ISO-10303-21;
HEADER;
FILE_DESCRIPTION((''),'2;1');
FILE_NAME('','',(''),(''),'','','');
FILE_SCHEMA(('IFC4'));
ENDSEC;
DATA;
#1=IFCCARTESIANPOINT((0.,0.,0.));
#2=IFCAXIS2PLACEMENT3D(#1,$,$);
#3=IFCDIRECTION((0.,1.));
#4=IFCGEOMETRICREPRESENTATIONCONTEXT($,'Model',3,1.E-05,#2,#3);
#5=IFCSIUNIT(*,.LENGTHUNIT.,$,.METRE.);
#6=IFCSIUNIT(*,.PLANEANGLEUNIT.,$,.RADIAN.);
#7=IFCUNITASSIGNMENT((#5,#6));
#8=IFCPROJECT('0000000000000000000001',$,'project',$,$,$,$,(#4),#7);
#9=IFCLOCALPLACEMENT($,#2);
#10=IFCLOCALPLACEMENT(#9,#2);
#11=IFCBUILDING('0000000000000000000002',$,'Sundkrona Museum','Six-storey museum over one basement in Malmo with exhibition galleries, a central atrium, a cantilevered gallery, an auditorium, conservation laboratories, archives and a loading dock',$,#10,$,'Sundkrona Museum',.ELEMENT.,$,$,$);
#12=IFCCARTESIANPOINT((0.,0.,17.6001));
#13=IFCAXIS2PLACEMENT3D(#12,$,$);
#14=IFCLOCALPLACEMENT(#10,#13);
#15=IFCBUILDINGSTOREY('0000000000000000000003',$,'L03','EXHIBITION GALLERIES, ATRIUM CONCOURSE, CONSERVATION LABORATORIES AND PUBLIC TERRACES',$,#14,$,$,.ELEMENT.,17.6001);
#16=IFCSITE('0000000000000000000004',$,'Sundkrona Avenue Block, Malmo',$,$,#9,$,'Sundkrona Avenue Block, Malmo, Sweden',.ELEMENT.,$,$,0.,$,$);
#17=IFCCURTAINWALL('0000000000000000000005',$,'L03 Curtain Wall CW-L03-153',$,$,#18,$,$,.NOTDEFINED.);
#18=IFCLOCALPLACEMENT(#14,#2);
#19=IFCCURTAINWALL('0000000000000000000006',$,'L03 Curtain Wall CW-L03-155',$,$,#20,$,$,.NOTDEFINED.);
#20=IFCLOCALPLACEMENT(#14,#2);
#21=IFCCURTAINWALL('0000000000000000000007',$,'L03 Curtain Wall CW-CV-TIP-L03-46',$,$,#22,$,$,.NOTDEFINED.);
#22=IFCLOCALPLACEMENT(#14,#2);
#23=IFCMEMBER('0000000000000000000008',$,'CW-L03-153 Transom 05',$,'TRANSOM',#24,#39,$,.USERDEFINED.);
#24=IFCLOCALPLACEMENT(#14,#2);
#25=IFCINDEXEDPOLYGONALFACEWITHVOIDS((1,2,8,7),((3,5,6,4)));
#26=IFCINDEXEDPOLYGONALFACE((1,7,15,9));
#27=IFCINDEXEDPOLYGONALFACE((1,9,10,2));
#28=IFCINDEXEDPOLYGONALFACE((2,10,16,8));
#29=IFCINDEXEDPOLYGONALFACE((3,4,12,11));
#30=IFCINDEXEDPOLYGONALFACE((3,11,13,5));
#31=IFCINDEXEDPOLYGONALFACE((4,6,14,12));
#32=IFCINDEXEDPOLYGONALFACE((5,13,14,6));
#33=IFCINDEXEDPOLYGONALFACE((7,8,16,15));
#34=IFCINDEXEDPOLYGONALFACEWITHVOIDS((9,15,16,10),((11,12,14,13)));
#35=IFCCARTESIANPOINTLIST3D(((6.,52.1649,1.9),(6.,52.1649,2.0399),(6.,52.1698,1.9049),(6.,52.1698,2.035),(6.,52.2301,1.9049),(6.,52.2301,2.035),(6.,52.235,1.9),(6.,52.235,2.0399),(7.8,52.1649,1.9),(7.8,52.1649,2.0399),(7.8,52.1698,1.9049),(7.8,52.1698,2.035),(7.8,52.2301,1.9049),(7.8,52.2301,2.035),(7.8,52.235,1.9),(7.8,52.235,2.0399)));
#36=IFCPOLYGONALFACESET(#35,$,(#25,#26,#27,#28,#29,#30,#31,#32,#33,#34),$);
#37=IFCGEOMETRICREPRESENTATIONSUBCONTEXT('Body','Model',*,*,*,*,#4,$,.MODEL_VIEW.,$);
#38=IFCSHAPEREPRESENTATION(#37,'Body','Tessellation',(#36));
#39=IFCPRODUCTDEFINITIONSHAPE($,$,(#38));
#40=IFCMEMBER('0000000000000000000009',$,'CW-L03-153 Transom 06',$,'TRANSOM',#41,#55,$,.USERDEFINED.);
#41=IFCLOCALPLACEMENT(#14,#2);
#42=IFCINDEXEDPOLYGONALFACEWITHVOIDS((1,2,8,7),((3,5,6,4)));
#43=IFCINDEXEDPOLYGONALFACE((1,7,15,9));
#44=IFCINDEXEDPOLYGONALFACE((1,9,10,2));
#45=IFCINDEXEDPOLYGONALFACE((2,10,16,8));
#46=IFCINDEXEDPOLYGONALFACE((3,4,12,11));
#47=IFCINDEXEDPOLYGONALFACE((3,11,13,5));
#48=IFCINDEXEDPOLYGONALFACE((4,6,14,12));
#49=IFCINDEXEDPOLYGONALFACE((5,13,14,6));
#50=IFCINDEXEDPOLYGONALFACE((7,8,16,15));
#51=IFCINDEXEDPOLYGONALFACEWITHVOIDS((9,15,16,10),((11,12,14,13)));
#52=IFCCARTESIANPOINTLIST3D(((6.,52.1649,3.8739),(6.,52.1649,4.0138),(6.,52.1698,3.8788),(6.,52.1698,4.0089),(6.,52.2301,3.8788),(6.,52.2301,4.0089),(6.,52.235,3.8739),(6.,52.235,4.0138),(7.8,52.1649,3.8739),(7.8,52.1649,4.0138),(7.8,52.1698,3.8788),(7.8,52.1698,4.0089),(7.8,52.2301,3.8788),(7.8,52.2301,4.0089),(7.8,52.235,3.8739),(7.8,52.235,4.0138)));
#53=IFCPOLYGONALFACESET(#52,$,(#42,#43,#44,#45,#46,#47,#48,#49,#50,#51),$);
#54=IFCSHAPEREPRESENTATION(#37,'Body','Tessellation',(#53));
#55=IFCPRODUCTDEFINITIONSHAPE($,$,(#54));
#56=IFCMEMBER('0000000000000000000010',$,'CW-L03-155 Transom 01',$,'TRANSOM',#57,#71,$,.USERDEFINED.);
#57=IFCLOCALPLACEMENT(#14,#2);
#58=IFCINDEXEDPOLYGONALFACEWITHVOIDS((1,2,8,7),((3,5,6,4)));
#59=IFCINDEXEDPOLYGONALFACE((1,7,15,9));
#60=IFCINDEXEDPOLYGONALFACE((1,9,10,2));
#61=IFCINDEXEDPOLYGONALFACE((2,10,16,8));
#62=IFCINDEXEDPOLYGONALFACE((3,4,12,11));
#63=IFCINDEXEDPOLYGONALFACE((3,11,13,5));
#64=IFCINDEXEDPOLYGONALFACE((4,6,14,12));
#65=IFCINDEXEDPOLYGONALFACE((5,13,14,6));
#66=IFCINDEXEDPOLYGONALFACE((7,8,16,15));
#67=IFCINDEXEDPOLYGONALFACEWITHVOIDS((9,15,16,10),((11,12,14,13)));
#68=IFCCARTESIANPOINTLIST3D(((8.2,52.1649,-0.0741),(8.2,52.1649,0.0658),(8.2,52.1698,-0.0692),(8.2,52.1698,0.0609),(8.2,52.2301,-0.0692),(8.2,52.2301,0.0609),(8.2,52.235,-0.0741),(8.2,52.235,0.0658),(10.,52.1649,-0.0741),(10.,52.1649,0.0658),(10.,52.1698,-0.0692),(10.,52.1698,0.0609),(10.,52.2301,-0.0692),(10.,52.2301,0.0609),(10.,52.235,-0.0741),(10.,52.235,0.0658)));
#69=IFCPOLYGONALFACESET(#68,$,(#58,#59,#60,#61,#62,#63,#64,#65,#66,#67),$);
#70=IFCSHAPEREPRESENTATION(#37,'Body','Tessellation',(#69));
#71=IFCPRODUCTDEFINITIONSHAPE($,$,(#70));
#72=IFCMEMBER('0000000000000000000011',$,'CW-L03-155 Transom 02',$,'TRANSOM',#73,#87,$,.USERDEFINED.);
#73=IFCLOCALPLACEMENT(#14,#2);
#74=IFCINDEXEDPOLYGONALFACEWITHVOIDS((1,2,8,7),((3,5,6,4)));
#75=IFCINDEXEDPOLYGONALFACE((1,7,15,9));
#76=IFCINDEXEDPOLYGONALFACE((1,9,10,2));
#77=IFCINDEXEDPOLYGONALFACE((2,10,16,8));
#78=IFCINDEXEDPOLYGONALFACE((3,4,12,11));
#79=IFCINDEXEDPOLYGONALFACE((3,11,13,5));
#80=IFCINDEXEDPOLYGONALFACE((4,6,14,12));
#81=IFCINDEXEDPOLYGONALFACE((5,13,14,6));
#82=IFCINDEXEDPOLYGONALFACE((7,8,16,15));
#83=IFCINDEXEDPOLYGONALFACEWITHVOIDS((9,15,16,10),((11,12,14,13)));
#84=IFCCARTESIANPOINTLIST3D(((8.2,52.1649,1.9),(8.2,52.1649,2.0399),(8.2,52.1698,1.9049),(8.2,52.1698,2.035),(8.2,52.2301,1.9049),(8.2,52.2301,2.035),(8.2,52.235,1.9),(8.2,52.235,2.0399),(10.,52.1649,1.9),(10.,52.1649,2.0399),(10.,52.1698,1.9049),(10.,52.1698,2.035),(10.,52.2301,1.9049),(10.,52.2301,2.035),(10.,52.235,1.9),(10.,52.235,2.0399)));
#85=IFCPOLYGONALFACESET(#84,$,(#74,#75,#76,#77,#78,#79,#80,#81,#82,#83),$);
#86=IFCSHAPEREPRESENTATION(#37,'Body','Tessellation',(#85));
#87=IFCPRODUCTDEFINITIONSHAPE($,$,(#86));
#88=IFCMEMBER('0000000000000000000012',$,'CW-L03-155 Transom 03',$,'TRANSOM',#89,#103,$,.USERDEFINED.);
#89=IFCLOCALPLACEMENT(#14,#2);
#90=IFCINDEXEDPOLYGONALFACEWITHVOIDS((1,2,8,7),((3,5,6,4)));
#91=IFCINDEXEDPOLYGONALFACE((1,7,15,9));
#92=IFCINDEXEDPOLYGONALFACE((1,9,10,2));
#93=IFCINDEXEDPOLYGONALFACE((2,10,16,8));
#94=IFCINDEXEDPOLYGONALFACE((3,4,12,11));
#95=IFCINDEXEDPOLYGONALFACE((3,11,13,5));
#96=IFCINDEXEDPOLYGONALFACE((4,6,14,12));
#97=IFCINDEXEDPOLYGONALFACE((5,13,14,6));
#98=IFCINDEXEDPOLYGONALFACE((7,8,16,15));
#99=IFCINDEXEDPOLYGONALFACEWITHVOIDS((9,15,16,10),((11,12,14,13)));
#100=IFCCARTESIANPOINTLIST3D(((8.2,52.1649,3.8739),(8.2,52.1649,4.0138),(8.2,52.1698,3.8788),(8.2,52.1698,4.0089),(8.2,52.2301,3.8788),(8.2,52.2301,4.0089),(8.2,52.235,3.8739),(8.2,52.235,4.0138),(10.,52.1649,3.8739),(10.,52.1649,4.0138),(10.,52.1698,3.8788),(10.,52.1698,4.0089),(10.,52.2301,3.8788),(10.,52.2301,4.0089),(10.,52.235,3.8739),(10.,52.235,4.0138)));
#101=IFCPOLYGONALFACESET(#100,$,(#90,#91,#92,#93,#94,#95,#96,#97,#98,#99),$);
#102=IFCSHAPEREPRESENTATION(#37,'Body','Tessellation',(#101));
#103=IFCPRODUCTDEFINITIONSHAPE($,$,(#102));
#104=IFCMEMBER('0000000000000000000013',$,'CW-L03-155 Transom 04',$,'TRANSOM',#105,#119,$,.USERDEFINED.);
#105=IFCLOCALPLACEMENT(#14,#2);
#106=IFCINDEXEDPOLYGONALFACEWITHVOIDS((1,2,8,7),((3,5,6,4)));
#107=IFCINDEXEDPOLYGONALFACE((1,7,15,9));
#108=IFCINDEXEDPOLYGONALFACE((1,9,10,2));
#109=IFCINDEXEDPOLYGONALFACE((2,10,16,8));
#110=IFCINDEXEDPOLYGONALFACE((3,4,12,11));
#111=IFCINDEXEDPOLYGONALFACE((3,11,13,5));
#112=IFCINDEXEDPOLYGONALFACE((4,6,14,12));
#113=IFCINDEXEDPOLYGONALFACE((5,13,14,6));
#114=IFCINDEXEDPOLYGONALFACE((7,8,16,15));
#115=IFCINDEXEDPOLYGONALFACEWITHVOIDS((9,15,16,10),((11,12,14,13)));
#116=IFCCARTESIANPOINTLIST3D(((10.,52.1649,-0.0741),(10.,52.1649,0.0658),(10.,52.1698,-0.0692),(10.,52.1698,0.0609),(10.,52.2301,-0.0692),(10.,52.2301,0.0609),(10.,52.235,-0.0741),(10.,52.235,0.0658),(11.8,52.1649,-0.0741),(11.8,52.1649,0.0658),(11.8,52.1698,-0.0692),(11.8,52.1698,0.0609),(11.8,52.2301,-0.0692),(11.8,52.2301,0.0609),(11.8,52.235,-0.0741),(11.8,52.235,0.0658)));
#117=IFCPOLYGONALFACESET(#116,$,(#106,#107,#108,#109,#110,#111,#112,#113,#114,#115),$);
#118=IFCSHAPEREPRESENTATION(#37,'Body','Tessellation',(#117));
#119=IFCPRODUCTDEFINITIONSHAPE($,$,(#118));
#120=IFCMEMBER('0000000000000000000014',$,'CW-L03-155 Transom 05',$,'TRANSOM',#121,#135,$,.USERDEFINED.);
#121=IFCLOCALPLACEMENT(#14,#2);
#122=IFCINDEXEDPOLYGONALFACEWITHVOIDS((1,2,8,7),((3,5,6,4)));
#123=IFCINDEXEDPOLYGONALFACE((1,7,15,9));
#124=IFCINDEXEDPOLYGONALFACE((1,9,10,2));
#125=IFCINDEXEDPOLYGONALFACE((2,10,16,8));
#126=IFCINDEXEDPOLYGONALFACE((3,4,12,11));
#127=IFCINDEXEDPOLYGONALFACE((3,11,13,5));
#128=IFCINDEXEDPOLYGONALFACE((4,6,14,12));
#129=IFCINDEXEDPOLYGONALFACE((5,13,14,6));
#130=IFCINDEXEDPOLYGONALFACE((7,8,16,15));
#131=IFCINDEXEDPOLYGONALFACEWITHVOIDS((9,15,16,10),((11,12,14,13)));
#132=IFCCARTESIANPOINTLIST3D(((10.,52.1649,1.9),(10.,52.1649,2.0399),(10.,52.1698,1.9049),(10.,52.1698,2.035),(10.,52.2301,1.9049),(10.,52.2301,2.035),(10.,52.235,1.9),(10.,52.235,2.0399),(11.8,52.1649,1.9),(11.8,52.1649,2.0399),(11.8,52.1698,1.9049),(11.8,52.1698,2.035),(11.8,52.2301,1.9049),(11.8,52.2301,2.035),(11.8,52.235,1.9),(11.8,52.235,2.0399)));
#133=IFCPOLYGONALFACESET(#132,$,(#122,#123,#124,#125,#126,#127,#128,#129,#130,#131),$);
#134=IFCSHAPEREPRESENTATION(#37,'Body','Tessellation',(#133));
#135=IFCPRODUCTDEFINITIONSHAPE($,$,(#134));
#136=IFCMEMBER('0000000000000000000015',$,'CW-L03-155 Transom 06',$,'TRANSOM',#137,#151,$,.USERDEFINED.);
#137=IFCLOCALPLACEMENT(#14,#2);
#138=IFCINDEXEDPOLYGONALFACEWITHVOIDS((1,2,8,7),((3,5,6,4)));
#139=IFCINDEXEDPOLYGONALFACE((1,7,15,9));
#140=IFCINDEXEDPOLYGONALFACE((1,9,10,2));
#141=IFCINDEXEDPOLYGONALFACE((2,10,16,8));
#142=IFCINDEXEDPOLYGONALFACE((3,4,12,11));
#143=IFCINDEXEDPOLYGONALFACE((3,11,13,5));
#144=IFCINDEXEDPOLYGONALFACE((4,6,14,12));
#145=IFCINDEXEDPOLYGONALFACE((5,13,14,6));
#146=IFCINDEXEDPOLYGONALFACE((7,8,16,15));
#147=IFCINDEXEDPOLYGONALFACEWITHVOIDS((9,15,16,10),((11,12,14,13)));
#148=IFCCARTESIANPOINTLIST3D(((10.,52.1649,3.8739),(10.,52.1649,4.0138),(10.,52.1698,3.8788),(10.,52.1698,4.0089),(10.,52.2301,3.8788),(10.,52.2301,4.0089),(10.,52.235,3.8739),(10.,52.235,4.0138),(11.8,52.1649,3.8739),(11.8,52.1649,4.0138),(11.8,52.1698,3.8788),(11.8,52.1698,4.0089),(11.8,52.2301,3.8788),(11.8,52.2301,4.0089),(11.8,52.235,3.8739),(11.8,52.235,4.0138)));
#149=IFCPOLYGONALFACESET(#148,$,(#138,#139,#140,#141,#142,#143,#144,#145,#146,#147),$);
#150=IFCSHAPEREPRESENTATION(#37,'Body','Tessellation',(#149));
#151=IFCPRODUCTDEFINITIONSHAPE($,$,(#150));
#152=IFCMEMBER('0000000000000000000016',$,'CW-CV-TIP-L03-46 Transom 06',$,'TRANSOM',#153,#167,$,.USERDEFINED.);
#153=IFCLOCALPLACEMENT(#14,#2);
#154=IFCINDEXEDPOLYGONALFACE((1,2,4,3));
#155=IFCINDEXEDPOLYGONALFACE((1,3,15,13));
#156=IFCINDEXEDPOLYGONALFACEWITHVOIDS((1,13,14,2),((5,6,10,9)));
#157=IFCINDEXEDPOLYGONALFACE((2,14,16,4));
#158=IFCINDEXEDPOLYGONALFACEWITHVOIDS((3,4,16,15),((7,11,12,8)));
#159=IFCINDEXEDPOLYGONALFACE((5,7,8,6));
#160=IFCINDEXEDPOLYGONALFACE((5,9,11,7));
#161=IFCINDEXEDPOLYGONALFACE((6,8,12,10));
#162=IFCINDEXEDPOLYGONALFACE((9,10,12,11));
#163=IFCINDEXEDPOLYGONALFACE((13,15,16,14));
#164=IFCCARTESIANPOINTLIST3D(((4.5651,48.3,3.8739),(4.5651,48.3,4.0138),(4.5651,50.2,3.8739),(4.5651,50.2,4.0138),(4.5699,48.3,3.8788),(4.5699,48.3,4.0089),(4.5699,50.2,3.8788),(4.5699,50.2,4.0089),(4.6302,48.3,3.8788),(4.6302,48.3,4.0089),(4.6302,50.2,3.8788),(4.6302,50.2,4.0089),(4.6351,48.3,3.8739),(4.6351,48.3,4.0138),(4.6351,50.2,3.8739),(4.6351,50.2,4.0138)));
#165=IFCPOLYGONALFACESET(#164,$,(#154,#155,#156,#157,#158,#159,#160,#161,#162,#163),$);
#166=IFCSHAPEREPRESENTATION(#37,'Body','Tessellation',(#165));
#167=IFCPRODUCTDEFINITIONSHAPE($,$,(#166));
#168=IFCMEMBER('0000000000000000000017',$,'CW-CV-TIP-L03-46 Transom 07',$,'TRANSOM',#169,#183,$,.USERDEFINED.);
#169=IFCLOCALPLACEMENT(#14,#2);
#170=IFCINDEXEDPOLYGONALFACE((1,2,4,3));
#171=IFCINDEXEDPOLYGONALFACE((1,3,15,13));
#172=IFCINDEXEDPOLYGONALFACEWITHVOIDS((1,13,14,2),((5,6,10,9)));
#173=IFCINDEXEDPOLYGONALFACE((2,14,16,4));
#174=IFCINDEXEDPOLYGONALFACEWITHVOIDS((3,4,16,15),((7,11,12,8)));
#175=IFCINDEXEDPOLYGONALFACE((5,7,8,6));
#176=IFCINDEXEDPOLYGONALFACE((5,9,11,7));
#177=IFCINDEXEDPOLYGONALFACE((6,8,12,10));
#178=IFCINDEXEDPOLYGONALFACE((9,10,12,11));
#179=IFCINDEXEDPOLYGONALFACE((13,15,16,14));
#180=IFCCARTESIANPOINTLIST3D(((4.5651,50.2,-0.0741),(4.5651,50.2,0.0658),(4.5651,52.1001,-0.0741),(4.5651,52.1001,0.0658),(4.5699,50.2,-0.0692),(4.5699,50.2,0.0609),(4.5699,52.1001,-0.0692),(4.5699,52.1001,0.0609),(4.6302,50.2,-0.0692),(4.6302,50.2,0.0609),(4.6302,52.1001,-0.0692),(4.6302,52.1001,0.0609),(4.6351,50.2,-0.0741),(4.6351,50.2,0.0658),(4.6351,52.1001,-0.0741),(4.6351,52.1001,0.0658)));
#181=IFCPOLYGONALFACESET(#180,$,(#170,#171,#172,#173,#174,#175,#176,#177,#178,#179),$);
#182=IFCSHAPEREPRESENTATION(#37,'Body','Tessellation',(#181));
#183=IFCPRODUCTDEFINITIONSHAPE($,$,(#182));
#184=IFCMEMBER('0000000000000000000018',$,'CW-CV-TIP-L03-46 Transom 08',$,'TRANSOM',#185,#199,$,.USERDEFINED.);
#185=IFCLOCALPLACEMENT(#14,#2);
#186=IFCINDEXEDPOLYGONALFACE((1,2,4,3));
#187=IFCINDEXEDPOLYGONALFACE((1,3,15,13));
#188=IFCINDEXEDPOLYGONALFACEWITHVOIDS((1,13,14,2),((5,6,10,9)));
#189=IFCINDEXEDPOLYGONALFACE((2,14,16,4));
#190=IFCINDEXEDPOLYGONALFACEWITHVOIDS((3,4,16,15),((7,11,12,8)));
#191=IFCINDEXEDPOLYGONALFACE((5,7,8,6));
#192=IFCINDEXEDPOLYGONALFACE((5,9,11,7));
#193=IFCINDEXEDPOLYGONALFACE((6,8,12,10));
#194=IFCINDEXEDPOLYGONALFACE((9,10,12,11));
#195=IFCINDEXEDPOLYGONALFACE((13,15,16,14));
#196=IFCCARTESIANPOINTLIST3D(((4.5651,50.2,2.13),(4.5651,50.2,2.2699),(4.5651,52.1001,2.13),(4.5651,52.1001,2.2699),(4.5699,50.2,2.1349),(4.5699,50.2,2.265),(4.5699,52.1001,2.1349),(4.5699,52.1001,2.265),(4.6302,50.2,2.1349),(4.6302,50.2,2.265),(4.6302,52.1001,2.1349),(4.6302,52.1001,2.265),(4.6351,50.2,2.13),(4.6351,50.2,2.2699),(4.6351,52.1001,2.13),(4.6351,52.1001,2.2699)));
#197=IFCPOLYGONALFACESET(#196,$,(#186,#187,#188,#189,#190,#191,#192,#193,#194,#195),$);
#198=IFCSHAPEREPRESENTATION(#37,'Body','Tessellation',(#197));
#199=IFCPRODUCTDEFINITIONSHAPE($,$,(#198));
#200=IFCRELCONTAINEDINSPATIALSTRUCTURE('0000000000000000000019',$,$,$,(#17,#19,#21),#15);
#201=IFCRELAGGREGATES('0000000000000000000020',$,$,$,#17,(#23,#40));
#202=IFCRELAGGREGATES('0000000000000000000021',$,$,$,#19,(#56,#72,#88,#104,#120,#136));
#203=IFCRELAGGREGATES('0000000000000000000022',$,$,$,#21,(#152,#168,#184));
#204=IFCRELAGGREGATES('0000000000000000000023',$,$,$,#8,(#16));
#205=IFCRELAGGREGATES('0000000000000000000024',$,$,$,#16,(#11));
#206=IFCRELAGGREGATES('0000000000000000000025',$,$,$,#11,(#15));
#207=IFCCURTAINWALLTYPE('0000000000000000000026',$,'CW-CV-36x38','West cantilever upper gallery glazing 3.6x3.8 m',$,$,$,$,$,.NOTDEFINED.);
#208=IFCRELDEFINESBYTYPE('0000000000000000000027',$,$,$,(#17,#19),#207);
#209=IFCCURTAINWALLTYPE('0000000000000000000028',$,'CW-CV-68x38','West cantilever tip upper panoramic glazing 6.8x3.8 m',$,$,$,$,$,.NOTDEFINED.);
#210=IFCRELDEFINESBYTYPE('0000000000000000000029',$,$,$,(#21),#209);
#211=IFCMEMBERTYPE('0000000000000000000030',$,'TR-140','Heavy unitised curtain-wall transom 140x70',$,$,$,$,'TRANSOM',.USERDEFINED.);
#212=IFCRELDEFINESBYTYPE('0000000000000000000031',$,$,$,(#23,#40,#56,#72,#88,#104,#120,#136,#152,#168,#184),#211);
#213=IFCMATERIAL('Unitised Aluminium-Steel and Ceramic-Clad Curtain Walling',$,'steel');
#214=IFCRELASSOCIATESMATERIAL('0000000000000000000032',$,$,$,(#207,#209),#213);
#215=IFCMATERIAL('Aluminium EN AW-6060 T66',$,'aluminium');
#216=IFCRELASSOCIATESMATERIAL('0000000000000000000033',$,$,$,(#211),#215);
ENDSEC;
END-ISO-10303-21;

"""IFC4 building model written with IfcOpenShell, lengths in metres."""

from ifc_helpers import new_model, si_unit, direction, frame, origin, origin_2d, place, context, subcontext, project, spatial, hollow_rectangle, extrude, material, material_profile, profile_set, type_object, element, aggregate, save


model = new_model("IFC4")

# Units and contexts
model_context = context("Model", 3, precision=1e-05, world=origin(), true_north=direction((0.0, 1.0)))
body_context = subcontext(model_context, "Body", "Model", "MODEL_VIEW")
ifc_project = project(units=[si_unit("LENGTHUNIT", "METRE"), si_unit("PLANEANGLEUNIT", "RADIAN")], contexts=[model_context])

# Site, building, storey
site_placement = place(None, origin())
site = spatial("IfcSite", under=ifc_project, at=site_placement, Name="Sundkrona Avenue Block, Malmo", LongName="Sundkrona Avenue Block, Malmo, Sweden", CompositionType="ELEMENT", RefElevation=0.0)
building_placement = place(site_placement, origin())
building = spatial("IfcBuilding", under=site, at=building_placement, Name="Sundkrona Museum", Description="Six-storey museum over one basement in Malmo with exhibition galleries, a central atrium, a cantilevered gallery, an auditorium, conservation laboratories, archives and a loading dock", LongName="Sundkrona Museum", CompositionType="ELEMENT")
storey_placement = place(building_placement, frame((0.0, 0.0, 17.6001)))
storey = spatial("IfcBuildingStorey", under=building, at=storey_placement, Name="L03", Description="EXHIBITION GALLERIES, ATRIUM CONCOURSE, CONSERVATION LABORATORIES AND PUBLIC TERRACES", CompositionType="ELEMENT", Elevation=17.6001)

# Curtain walls
ifc_material_1 = material(Name="Unitised Aluminium-Steel and Ceramic-Clad Curtain Walling", Category="steel")
curtain_wall_type_1 = type_object("IfcCurtainWallType", Name="CW-CV-36x38", Description="West cantilever upper gallery glazing 3.6x3.8 m", PredefinedType="NOTDEFINED", material=ifc_material_1)
curtain_wall_1_placement = place(storey_placement, origin())
curtain_wall_1 = element("IfcCurtainWall", 1, at=curtain_wall_1_placement, inside=storey, type_object=curtain_wall_type_1, Name="L03 Curtain Wall CW-L03-153", PredefinedType="NOTDEFINED")
ifc_material_2 = material(Name="Aluminium EN AW-6060 T66", Category="aluminium")
curtain_wall_2_placement = place(storey_placement, origin())
curtain_wall_2 = element("IfcCurtainWall", 2, at=curtain_wall_2_placement, inside=storey, type_object=curtain_wall_type_1, Name="L03 Curtain Wall CW-L03-155", PredefinedType="NOTDEFINED")
curtain_wall_type_2 = type_object("IfcCurtainWallType", Name="CW-CV-68x38", Description="West cantilever tip upper panoramic glazing 6.8x3.8 m", PredefinedType="NOTDEFINED", material=ifc_material_1)
curtain_wall_3_placement = place(storey_placement, origin())
curtain_wall_3 = element("IfcCurtainWall", 3, at=curtain_wall_3_placement, inside=storey, type_object=curtain_wall_type_2, Name="L03 Curtain Wall CW-CV-TIP-L03-46", PredefinedType="NOTDEFINED")

# Members
ifc_material_profile_1 = material_profile(ifc_material_2, hollow_rectangle(XDim=0.0701, YDim=0.1399, WallThickness=0.0049, at=origin_2d()), Name="RHS 140x70x5.0")
ifc_profile_set_1 = profile_set([ifc_material_profile_1], Name="Aluminium EN AW-6060 T66")
member_type_1 = type_object("IfcMemberType", Name="TR-140", Description="Heavy unitised curtain-wall transom 140x70", ElementType="TRANSOM", PredefinedType="USERDEFINED", material=ifc_profile_set_1)
member_1_placement = place(storey_placement, frame((6.0, 52.2, 1.97), z_axis=(1.0, 0.0, 0.0), x_axis=(0.0, 1.0, 0.0)))
member_1 = element("IfcMember", 4, at=member_1_placement, type_object=member_type_1, Name="CW-L03-153 Transom 05", ObjectType="TRANSOM", PredefinedType="USERDEFINED", context=body_context, shape_type="SweptSolid", body=[
    extrude(hollow_rectangle(XDim=0.0701, YDim=0.1399, WallThickness=0.0049, at=origin_2d()), origin(), (0.0, 0.0, 1.0), 1.8),
])
member_2_placement = place(storey_placement, frame((6.0, 52.2, 3.9438), z_axis=(1.0, 0.0, 0.0), x_axis=(0.0, 1.0, 0.0)))
member_2 = element("IfcMember", 5, at=member_2_placement, type_object=member_type_1, Name="CW-L03-153 Transom 06", ObjectType="TRANSOM", PredefinedType="USERDEFINED", context=body_context, shape_type="SweptSolid", body=[
    extrude(hollow_rectangle(XDim=0.0701, YDim=0.1399, WallThickness=0.0049, at=origin_2d()), origin(), (0.0, 0.0, 1.0), 1.8),
])
member_3_placement = place(storey_placement, frame((8.2, 52.2, -0.0042), z_axis=(1.0, 0.0, 0.0), x_axis=(0.0, 1.0, 0.0)))
member_3 = element("IfcMember", 6, at=member_3_placement, type_object=member_type_1, Name="CW-L03-155 Transom 01", ObjectType="TRANSOM", PredefinedType="USERDEFINED", context=body_context, shape_type="SweptSolid", body=[
    extrude(hollow_rectangle(XDim=0.0701, YDim=0.1399, WallThickness=0.0049, at=origin_2d()), origin(), (0.0, 0.0, 1.0), 1.8),
])
member_4_placement = place(storey_placement, frame((8.2, 52.2, 1.97), z_axis=(1.0, 0.0, 0.0), x_axis=(0.0, 1.0, 0.0)))
member_4 = element("IfcMember", 7, at=member_4_placement, type_object=member_type_1, Name="CW-L03-155 Transom 02", ObjectType="TRANSOM", PredefinedType="USERDEFINED", context=body_context, shape_type="SweptSolid", body=[
    extrude(hollow_rectangle(XDim=0.0701, YDim=0.1399, WallThickness=0.0049, at=origin_2d()), origin(), (0.0, 0.0, 1.0), 1.8),
])
member_5_placement = place(storey_placement, frame((8.2, 52.2, 3.9438), z_axis=(1.0, 0.0, 0.0), x_axis=(0.0, 1.0, 0.0)))
member_5 = element("IfcMember", 8, at=member_5_placement, type_object=member_type_1, Name="CW-L03-155 Transom 03", ObjectType="TRANSOM", PredefinedType="USERDEFINED", context=body_context, shape_type="SweptSolid", body=[
    extrude(hollow_rectangle(XDim=0.0701, YDim=0.1399, WallThickness=0.0049, at=origin_2d()), origin(), (0.0, 0.0, 1.0), 1.8),
])
member_6_placement = place(storey_placement, frame((10.0, 52.2, -0.0042), z_axis=(1.0, 0.0, 0.0), x_axis=(0.0, 1.0, 0.0)))
member_6 = element("IfcMember", 9, at=member_6_placement, type_object=member_type_1, Name="CW-L03-155 Transom 04", ObjectType="TRANSOM", PredefinedType="USERDEFINED", context=body_context, shape_type="SweptSolid", body=[
    extrude(hollow_rectangle(XDim=0.0701, YDim=0.1399, WallThickness=0.0049, at=origin_2d()), origin(), (0.0, 0.0, 1.0), 1.8),
])
member_7_placement = place(storey_placement, frame((10.0, 52.2, 1.97), z_axis=(1.0, 0.0, 0.0), x_axis=(0.0, 1.0, 0.0)))
member_7 = element("IfcMember", 10, at=member_7_placement, type_object=member_type_1, Name="CW-L03-155 Transom 05", ObjectType="TRANSOM", PredefinedType="USERDEFINED", context=body_context, shape_type="SweptSolid", body=[
    extrude(hollow_rectangle(XDim=0.0701, YDim=0.1399, WallThickness=0.0049, at=origin_2d()), origin(), (0.0, 0.0, 1.0), 1.8),
])
member_8_placement = place(storey_placement, frame((10.0, 52.2, 3.9438), z_axis=(1.0, 0.0, 0.0), x_axis=(0.0, 1.0, 0.0)))
member_8 = element("IfcMember", 11, at=member_8_placement, type_object=member_type_1, Name="CW-L03-155 Transom 06", ObjectType="TRANSOM", PredefinedType="USERDEFINED", context=body_context, shape_type="SweptSolid", body=[
    extrude(hollow_rectangle(XDim=0.0701, YDim=0.1399, WallThickness=0.0049, at=origin_2d()), origin(), (0.0, 0.0, 1.0), 1.8),
])
member_9_placement = place(storey_placement, frame((4.6001, 48.3, 3.9438), z_axis=(0.0, 1.0, 0.0), x_axis=(-1.0, 0.0, 0.0)))
member_9 = element("IfcMember", 12, at=member_9_placement, type_object=member_type_1, Name="CW-CV-TIP-L03-46 Transom 06", ObjectType="TRANSOM", PredefinedType="USERDEFINED", context=body_context, shape_type="SweptSolid", body=[
    extrude(hollow_rectangle(XDim=0.0701, YDim=0.1399, WallThickness=0.0049, at=origin_2d()), origin(), (0.0, 0.0, 1.0), 1.8999),
])
member_10_placement = place(storey_placement, frame((4.6001, 50.2, -0.0042), z_axis=(0.0, 1.0, 0.0), x_axis=(-1.0, 0.0, 0.0)))
member_10 = element("IfcMember", 13, at=member_10_placement, type_object=member_type_1, Name="CW-CV-TIP-L03-46 Transom 07", ObjectType="TRANSOM", PredefinedType="USERDEFINED", context=body_context, shape_type="SweptSolid", body=[
    extrude(hollow_rectangle(XDim=0.0701, YDim=0.1399, WallThickness=0.0049, at=origin_2d()), origin(), (0.0, 0.0, 1.0), 1.9001),
])
member_11_placement = place(storey_placement, frame((4.6001, 50.2, 2.2), z_axis=(0.0, 1.0, 0.0), x_axis=(-1.0, 0.0, 0.0)))
member_11 = element("IfcMember", 14, at=member_11_placement, type_object=member_type_1, Name="CW-CV-TIP-L03-46 Transom 08", ObjectType="TRANSOM", PredefinedType="USERDEFINED", context=body_context, shape_type="SweptSolid", body=[
    extrude(hollow_rectangle(XDim=0.0701, YDim=0.1399, WallThickness=0.0049, at=origin_2d()), origin(), (0.0, 0.0, 1.0), 1.9001),
])

aggregate(curtain_wall_1, [member_1, member_2])
aggregate(curtain_wall_2, [member_3, member_4, member_5, member_6, member_7, member_8])
aggregate(curtain_wall_3, [member_9, member_10, member_11])

save(model, "model.ifc")
